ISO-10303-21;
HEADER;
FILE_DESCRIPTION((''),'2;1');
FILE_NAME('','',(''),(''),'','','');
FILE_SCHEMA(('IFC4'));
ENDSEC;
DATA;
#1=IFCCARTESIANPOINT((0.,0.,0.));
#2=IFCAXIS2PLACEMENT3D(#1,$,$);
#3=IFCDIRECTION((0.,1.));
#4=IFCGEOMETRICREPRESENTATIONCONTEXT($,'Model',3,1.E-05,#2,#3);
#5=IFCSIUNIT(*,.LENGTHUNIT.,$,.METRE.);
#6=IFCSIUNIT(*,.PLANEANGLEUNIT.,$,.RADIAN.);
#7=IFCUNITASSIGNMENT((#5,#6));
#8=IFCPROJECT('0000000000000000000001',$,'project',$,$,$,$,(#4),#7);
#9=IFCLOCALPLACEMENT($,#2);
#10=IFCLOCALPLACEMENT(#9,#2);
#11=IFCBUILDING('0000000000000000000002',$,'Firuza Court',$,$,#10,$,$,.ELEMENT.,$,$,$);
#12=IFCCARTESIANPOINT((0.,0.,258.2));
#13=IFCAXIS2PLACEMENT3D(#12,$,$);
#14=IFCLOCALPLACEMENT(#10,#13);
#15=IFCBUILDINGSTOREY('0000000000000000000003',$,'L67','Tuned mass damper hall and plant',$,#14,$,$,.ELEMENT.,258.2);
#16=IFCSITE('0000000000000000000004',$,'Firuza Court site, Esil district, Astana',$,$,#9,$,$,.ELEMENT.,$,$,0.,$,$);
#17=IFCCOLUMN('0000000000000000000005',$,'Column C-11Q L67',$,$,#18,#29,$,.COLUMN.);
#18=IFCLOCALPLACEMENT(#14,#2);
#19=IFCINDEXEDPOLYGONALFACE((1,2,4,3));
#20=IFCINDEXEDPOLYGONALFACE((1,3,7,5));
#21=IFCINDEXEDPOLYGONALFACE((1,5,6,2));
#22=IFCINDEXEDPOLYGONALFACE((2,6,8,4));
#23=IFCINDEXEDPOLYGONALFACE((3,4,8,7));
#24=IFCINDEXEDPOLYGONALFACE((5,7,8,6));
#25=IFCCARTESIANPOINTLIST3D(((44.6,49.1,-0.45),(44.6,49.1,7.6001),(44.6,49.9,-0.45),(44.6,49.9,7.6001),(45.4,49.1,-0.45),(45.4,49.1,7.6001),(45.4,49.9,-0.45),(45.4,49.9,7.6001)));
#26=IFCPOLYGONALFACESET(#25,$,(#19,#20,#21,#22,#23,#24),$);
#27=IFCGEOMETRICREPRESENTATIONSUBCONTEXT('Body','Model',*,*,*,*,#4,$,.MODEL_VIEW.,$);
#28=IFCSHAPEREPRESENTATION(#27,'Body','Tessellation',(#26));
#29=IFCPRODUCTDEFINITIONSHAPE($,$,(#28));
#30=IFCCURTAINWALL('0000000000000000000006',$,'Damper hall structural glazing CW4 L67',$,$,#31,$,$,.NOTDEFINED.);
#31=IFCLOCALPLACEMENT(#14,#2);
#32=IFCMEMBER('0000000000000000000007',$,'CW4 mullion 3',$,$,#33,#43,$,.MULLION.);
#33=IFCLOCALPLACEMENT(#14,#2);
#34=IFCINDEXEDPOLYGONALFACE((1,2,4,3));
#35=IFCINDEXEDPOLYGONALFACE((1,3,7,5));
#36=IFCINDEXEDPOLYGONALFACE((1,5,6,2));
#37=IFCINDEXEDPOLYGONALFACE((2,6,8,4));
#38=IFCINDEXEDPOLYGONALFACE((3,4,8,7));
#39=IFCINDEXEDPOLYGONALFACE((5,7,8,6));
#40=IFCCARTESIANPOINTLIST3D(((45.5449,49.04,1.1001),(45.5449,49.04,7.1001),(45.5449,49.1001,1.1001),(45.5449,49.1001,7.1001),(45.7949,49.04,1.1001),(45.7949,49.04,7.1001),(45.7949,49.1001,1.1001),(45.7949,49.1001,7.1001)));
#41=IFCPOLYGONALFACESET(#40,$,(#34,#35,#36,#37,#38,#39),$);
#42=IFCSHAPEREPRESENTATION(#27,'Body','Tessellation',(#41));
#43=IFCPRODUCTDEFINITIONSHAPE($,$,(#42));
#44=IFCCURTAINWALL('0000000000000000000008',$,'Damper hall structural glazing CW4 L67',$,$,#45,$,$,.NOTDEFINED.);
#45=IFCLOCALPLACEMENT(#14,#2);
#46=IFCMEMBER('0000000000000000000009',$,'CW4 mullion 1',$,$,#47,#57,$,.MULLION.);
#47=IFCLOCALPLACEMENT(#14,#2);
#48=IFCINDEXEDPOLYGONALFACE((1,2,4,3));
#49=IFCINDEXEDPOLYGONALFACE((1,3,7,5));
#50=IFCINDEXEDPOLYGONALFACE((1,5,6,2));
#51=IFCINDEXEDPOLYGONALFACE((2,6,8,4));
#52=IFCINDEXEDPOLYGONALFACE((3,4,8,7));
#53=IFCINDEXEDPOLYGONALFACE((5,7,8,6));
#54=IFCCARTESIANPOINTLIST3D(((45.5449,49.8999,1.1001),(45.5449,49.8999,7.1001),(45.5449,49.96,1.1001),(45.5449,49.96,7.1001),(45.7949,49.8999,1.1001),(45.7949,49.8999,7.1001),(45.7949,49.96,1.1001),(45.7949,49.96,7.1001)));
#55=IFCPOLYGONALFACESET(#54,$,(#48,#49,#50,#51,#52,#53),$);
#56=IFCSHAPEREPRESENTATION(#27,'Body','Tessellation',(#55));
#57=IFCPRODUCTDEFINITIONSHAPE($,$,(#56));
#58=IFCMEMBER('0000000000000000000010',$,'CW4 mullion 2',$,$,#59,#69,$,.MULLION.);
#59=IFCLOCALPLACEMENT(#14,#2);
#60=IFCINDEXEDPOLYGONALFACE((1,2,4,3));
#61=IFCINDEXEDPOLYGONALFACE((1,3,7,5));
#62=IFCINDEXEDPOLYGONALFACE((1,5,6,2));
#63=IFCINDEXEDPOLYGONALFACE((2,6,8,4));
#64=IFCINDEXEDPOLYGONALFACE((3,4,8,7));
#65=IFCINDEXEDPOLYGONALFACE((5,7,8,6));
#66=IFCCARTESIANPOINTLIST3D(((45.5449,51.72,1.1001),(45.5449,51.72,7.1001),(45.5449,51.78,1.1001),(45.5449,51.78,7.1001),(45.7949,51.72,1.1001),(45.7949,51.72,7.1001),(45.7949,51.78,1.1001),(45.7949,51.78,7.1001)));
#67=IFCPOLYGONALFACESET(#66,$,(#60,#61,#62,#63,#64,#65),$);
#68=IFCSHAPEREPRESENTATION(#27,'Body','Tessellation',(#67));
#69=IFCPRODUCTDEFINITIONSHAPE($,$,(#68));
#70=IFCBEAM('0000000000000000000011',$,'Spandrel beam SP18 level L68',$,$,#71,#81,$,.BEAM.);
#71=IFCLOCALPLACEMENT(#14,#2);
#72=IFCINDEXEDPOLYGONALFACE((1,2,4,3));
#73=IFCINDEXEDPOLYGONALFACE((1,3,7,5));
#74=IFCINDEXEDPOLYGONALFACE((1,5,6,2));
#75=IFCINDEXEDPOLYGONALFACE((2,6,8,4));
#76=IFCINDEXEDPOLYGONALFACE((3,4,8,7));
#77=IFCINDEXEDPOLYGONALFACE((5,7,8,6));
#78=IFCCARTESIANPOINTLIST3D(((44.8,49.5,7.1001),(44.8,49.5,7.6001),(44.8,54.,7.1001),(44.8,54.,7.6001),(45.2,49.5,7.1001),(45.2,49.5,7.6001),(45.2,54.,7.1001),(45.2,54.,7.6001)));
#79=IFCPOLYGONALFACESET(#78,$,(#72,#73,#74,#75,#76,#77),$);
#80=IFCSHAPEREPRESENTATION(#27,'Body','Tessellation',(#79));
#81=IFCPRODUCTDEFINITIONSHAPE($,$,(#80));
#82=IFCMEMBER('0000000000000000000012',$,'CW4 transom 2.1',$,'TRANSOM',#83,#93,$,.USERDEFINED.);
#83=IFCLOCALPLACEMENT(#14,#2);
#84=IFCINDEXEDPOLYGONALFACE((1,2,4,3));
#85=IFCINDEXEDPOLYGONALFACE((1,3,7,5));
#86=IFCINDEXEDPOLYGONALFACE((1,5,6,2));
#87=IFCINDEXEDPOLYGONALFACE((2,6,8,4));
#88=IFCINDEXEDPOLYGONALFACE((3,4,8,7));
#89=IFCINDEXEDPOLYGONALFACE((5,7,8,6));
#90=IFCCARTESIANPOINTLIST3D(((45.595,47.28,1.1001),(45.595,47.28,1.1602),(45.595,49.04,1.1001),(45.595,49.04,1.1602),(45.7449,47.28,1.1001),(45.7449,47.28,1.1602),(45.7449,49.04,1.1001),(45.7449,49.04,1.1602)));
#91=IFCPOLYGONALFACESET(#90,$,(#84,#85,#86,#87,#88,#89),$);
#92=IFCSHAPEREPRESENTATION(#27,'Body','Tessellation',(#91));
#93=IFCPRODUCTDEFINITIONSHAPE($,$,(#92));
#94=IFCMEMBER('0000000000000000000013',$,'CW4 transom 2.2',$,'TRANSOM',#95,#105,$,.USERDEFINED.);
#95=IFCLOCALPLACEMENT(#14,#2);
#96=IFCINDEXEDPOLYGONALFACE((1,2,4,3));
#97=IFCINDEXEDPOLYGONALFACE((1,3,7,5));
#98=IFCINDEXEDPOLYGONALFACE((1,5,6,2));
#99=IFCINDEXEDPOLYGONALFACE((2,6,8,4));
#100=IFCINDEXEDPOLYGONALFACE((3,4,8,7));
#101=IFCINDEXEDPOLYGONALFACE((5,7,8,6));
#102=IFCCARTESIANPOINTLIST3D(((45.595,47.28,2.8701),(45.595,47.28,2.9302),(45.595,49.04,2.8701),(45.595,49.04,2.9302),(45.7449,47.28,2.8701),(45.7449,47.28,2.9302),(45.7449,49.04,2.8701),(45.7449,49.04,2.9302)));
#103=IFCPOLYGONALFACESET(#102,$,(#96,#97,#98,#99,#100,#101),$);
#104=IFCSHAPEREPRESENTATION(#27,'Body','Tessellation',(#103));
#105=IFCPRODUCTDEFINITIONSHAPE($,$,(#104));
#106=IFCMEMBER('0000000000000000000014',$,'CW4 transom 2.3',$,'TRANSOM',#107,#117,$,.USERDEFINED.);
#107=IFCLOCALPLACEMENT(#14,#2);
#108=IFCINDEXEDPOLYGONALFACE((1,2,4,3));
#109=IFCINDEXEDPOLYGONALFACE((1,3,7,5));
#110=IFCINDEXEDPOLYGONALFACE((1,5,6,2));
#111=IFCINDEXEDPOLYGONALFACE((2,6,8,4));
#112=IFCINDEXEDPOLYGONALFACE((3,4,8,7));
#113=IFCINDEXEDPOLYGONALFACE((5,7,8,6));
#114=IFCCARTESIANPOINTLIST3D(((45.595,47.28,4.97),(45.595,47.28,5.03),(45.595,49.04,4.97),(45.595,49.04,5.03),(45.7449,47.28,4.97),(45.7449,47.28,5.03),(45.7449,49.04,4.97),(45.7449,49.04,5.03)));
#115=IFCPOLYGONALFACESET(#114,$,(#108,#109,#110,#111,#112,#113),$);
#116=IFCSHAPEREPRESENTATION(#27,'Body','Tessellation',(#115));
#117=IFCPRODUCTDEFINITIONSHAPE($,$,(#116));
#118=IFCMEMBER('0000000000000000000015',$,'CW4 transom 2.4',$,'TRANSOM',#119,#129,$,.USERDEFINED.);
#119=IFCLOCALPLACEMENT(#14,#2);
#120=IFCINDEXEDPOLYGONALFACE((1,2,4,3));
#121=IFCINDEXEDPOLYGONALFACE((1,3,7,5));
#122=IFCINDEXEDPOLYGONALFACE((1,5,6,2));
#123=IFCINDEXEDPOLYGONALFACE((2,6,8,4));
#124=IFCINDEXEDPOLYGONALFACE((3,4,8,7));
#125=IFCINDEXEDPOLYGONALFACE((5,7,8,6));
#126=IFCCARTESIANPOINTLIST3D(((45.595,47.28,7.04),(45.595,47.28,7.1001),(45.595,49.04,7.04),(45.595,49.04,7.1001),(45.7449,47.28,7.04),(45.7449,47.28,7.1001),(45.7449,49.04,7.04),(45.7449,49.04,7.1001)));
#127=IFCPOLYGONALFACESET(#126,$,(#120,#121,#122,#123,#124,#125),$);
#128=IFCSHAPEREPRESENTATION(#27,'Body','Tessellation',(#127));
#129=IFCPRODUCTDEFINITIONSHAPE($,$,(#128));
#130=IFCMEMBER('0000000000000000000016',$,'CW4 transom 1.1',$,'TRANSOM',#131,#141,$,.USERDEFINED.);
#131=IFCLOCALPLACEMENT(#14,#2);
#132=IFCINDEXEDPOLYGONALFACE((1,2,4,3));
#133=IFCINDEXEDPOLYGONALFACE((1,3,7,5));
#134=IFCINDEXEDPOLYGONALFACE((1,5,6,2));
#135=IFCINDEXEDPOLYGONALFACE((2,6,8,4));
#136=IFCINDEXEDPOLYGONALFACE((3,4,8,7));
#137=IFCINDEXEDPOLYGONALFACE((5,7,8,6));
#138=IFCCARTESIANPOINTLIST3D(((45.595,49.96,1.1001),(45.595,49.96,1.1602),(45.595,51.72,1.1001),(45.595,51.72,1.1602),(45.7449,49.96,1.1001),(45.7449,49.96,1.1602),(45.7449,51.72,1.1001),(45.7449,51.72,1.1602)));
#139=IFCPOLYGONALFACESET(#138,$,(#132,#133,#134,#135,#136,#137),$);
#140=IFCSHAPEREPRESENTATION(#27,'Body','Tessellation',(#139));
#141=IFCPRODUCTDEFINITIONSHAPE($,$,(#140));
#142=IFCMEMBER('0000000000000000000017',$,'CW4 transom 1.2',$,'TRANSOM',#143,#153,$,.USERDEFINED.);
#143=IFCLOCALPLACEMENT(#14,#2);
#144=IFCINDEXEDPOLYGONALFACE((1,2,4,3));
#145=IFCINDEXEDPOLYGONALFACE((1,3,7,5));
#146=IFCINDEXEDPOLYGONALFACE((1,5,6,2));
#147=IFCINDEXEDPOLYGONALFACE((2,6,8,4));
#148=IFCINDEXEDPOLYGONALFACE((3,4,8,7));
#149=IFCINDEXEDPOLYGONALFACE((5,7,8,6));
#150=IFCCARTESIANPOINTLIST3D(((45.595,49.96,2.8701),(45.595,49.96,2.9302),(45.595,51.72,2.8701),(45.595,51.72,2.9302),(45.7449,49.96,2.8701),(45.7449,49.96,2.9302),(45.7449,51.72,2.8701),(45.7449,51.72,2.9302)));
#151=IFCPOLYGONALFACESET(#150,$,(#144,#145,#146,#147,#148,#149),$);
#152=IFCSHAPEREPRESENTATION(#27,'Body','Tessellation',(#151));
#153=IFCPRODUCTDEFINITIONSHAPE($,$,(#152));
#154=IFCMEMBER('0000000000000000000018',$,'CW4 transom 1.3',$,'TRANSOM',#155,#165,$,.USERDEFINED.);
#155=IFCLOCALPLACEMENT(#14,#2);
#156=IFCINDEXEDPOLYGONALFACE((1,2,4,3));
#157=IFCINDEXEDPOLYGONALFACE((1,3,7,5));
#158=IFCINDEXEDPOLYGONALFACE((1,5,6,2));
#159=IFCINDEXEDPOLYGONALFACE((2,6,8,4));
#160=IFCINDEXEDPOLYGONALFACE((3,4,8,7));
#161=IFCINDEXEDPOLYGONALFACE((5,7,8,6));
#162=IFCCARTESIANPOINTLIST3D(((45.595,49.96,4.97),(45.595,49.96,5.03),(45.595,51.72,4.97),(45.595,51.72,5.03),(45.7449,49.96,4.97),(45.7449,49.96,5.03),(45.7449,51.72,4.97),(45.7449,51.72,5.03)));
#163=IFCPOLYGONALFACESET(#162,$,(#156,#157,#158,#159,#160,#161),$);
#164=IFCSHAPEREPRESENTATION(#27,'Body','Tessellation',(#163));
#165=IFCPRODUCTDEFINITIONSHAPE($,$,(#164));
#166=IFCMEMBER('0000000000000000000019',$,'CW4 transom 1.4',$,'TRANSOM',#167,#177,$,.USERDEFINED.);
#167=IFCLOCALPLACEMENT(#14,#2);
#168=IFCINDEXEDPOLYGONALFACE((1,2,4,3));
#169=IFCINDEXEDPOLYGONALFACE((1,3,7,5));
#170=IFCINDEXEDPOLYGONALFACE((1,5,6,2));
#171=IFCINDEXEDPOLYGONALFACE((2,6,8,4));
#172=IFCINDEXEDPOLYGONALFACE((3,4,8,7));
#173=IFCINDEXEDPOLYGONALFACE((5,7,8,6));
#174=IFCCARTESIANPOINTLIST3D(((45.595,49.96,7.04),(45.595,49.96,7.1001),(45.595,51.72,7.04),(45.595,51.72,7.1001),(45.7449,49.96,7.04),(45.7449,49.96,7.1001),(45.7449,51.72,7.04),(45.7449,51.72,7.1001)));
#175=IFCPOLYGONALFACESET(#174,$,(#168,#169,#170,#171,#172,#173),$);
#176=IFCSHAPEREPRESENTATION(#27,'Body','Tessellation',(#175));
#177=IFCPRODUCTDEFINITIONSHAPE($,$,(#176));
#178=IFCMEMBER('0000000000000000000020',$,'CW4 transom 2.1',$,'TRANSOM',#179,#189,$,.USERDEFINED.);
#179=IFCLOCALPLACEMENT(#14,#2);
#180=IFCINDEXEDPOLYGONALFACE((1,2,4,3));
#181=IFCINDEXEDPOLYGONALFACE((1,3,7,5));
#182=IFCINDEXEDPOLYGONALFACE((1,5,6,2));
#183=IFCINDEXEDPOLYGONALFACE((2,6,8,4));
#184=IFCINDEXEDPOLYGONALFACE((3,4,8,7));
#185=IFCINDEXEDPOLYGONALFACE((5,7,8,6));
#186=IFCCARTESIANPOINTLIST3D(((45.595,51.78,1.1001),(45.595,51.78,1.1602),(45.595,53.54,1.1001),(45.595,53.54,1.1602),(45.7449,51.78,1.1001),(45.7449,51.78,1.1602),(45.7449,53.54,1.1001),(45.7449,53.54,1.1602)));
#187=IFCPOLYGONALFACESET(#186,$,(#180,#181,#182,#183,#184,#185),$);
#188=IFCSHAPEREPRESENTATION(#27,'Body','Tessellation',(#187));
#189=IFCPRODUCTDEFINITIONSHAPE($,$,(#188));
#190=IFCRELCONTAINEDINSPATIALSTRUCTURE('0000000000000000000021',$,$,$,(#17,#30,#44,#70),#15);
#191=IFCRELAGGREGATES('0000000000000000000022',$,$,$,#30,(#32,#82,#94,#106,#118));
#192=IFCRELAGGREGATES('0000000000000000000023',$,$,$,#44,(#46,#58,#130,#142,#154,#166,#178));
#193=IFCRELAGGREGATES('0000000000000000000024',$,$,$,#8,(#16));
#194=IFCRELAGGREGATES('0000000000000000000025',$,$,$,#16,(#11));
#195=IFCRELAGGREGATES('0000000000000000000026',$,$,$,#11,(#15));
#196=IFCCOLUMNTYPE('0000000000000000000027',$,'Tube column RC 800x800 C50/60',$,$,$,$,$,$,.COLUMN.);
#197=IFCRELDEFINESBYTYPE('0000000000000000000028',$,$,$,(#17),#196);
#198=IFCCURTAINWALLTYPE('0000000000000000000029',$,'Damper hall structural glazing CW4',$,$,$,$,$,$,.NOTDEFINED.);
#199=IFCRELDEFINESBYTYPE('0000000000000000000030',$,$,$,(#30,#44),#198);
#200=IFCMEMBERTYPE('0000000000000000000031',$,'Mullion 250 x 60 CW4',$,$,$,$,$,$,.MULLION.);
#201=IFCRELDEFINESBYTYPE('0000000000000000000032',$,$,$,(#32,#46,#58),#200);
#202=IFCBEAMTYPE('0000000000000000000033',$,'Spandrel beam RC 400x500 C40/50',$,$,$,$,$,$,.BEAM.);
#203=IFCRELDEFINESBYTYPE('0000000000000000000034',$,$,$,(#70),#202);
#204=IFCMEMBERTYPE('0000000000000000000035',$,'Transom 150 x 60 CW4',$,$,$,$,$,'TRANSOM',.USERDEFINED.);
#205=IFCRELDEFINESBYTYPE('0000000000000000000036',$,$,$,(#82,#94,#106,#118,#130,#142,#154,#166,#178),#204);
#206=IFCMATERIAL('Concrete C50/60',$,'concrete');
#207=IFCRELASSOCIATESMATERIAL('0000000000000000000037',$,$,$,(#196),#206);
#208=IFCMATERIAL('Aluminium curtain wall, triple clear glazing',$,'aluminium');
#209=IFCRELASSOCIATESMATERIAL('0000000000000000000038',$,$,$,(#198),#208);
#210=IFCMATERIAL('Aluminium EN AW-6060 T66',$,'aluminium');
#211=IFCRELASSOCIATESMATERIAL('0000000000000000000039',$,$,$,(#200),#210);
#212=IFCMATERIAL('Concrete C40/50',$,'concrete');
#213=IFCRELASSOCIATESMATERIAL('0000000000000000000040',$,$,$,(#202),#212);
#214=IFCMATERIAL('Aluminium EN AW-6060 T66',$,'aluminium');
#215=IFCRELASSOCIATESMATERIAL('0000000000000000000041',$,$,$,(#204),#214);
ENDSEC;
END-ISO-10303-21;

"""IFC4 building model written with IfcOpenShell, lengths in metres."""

from ifc_helpers import new_model, si_unit, direction, frame, origin, origin_2d, place, context, subcontext, project, spatial, rectangle, extrude, material, material_profile, profile_set, type_object, element, aggregate, save


model = new_model("IFC4")

# Units and contexts
model_context = context("Model", 3, precision=1e-05, world=origin(), true_north=direction((0.0, 1.0)))
body_context = subcontext(model_context, "Body", "Model", "MODEL_VIEW")
ifc_project = project(units=[si_unit("LENGTHUNIT", "METRE"), si_unit("PLANEANGLEUNIT", "RADIAN")], contexts=[model_context])

# Site, building, storey
site_placement = place(None, origin())
site = spatial("IfcSite", under=ifc_project, at=site_placement, Name="Firuza Court site, Esil district, Astana", CompositionType="ELEMENT", RefElevation=0.0)
building_placement = place(site_placement, origin())
building = spatial("IfcBuilding", under=site, at=building_placement, Name="Firuza Court", CompositionType="ELEMENT")
storey_placement = place(building_placement, frame((0.0, 0.0, 258.2)))
storey = spatial("IfcBuildingStorey", under=building, at=storey_placement, Name="L67", Description="Tuned mass damper hall and plant", CompositionType="ELEMENT", Elevation=258.2)

# Column
ifc_material_1 = material(Name="Concrete C50/60", Category="concrete")
ifc_material_profile_1 = material_profile(ifc_material_1, rectangle(XDim=0.8, YDim=0.8, at=origin_2d()), Name="RC 800x800")
ifc_profile_set_1 = profile_set([ifc_material_profile_1], Name="Concrete C50/60")
column_type = type_object("IfcColumnType", Name="Tube column RC 800x800 C50/60", PredefinedType="COLUMN", material=ifc_profile_set_1)
column_placement = place(storey_placement, frame((45.0, 49.5, -0.45), z_axis=(0.0, 0.0, 1.0), x_axis=(1.0, 0.0, 0.0)))
element("IfcColumn", 1, at=column_placement, inside=storey, type_object=column_type, Name="Column C-11Q L67", PredefinedType="COLUMN", context=body_context, shape_type="SweptSolid", body=[
    extrude(rectangle(XDim=0.8, YDim=0.8, at=origin_2d()), origin(), (0.0, 0.0, 1.0), 8.05),
])

# Curtain wall, member
ifc_material_2 = material(Name="Aluminium curtain wall, triple clear glazing", Category="aluminium")
curtain_wall_type = type_object("IfcCurtainWallType", Name="Damper hall structural glazing CW4", PredefinedType="NOTDEFINED", material=ifc_material_2)
curtain_wall_1_placement = place(storey_placement, origin())
curtain_wall_1 = element("IfcCurtainWall", 2, at=curtain_wall_1_placement, inside=storey, type_object=curtain_wall_type, Name="Damper hall structural glazing CW4 L67", PredefinedType="NOTDEFINED")
ifc_material_3 = material(Name="Aluminium EN AW-6060 T66", Category="aluminium")
ifc_material_profile_2 = material_profile(ifc_material_3, rectangle(XDim=0.25, YDim=0.0601, at=origin_2d()), Name="Mullion 250 x 60 CW4")
ifc_profile_set_2 = profile_set([ifc_material_profile_2], Name="Aluminium EN AW-6060 T66")
member_type_1 = type_object("IfcMemberType", Name="Mullion 250 x 60 CW4", PredefinedType="MULLION", material=ifc_profile_set_2)
member_1_placement = place(storey_placement, frame((45.6699, 49.0701, 1.1001), z_axis=(0.0, 0.0, 1.0), x_axis=(-1.0, 0.0, 0.0)))
member_1 = element("IfcMember", 3, at=member_1_placement, type_object=member_type_1, Name="CW4 mullion 3", PredefinedType="MULLION", context=body_context, shape_type="SweptSolid", body=[
    extrude(rectangle(XDim=0.25, YDim=0.0601, at=origin_2d()), origin(), (0.0, 0.0, 1.0), 6.0),
])

# Curtain wall, members
curtain_wall_2_placement = place(storey_placement, origin())
curtain_wall_2 = element("IfcCurtainWall", 4, at=curtain_wall_2_placement, inside=storey, type_object=curtain_wall_type, Name="Damper hall structural glazing CW4 L67", PredefinedType="NOTDEFINED")
member_2_placement = place(storey_placement, frame((45.6699, 49.9299, 1.1001), z_axis=(0.0, 0.0, 1.0), x_axis=(-1.0, 0.0, 0.0)))
member_2 = element("IfcMember", 5, at=member_2_placement, type_object=member_type_1, Name="CW4 mullion 1", PredefinedType="MULLION", context=body_context, shape_type="SweptSolid", body=[
    extrude(rectangle(XDim=0.25, YDim=0.0601, at=origin_2d()), origin(), (0.0, 0.0, 1.0), 6.0),
])
member_3_placement = place(storey_placement, frame((45.6699, 51.75, 1.1001), z_axis=(0.0, 0.0, 1.0), x_axis=(-1.0, 0.0, 0.0)))
member_3 = element("IfcMember", 6, at=member_3_placement, type_object=member_type_1, Name="CW4 mullion 2", PredefinedType="MULLION", context=body_context, shape_type="SweptSolid", body=[
    extrude(rectangle(XDim=0.25, YDim=0.0601, at=origin_2d()), origin(), (0.0, 0.0, 1.0), 6.0),
])

# Beam
ifc_material_4 = material(Name="Concrete C40/50", Category="concrete")
ifc_material_profile_3 = material_profile(ifc_material_4, rectangle(XDim=0.3999, YDim=0.5, at=origin_2d()), Name="RC 400x500")
ifc_profile_set_3 = profile_set([ifc_material_profile_3], Name="Concrete C40/50")
beam_type = type_object("IfcBeamType", Name="Spandrel beam RC 400x500 C40/50", PredefinedType="BEAM", material=ifc_profile_set_3)
beam_placement = place(storey_placement, frame((45.0, 49.5, 7.3501), z_axis=(0.0, 1.0, 0.0), x_axis=(-1.0, 0.0, 0.0)))
element("IfcBeam", 7, at=beam_placement, inside=storey, type_object=beam_type, Name="Spandrel beam SP18 level L68", PredefinedType="BEAM", context=body_context, shape_type="SweptSolid", body=[
    extrude(rectangle(XDim=0.3999, YDim=0.5, at=origin_2d()), origin(), (0.0, 0.0, 1.0), 4.5),
])

# Members
ifc_material_5 = material(Name="Aluminium EN AW-6060 T66", Category="aluminium")
ifc_material_profile_4 = material_profile(ifc_material_5, rectangle(XDim=0.1499, YDim=0.0601, at=origin_2d()), Name="Transom 150 x 60 CW4")
ifc_profile_set_4 = profile_set([ifc_material_profile_4], Name="Aluminium EN AW-6060 T66")
member_type_2 = type_object("IfcMemberType", Name="Transom 150 x 60 CW4", ElementType="TRANSOM", PredefinedType="USERDEFINED", material=ifc_profile_set_4)
member_4_placement = place(storey_placement, frame((45.6699, 47.28, 1.1301), z_axis=(0.0, 1.0, 0.0), x_axis=(-1.0, 0.0, 0.0)))
member_4 = element("IfcMember", 8, at=member_4_placement, type_object=member_type_2, Name="CW4 transom 2.1", ObjectType="TRANSOM", PredefinedType="USERDEFINED", context=body_context, shape_type="SweptSolid", body=[
    extrude(rectangle(XDim=0.1499, YDim=0.0601, at=origin_2d()), origin(), (0.0, 0.0, 1.0), 1.76),
])
member_5_placement = place(storey_placement, frame((45.6699, 47.28, 2.9001), z_axis=(0.0, 1.0, 0.0), x_axis=(-1.0, 0.0, 0.0)))
member_5 = element("IfcMember", 9, at=member_5_placement, type_object=member_type_2, Name="CW4 transom 2.2", ObjectType="TRANSOM", PredefinedType="USERDEFINED", context=body_context, shape_type="SweptSolid", body=[
    extrude(rectangle(XDim=0.1499, YDim=0.0601, at=origin_2d()), origin(), (0.0, 0.0, 1.0), 1.76),
])
member_6_placement = place(storey_placement, frame((45.6699, 47.28, 5.0), z_axis=(0.0, 1.0, 0.0), x_axis=(-1.0, 0.0, 0.0)))
member_6 = element("IfcMember", 10, at=member_6_placement, type_object=member_type_2, Name="CW4 transom 2.3", ObjectType="TRANSOM", PredefinedType="USERDEFINED", context=body_context, shape_type="SweptSolid", body=[
    extrude(rectangle(XDim=0.1499, YDim=0.0601, at=origin_2d()), origin(), (0.0, 0.0, 1.0), 1.76),
])
member_7_placement = place(storey_placement, frame((45.6699, 47.28, 7.0701), z_axis=(0.0, 1.0, 0.0), x_axis=(-1.0, 0.0, 0.0)))
member_7 = element("IfcMember", 11, at=member_7_placement, type_object=member_type_2, Name="CW4 transom 2.4", ObjectType="TRANSOM", PredefinedType="USERDEFINED", context=body_context, shape_type="SweptSolid", body=[
    extrude(rectangle(XDim=0.1499, YDim=0.0601, at=origin_2d()), origin(), (0.0, 0.0, 1.0), 1.76),
])
member_8_placement = place(storey_placement, frame((45.6699, 49.96, 1.1301), z_axis=(0.0, 1.0, 0.0), x_axis=(-1.0, 0.0, 0.0)))
member_8 = element("IfcMember", 12, at=member_8_placement, type_object=member_type_2, Name="CW4 transom 1.1", ObjectType="TRANSOM", PredefinedType="USERDEFINED", context=body_context, shape_type="SweptSolid", body=[
    extrude(rectangle(XDim=0.1499, YDim=0.0601, at=origin_2d()), origin(), (0.0, 0.0, 1.0), 1.76),
])
member_9_placement = place(storey_placement, frame((45.6699, 49.96, 2.9001), z_axis=(0.0, 1.0, 0.0), x_axis=(-1.0, 0.0, 0.0)))
member_9 = element("IfcMember", 13, at=member_9_placement, type_object=member_type_2, Name="CW4 transom 1.2", ObjectType="TRANSOM", PredefinedType="USERDEFINED", context=body_context, shape_type="SweptSolid", body=[
    extrude(rectangle(XDim=0.1499, YDim=0.0601, at=origin_2d()), origin(), (0.0, 0.0, 1.0), 1.76),
])
member_10_placement = place(storey_placement, frame((45.6699, 49.96, 5.0), z_axis=(0.0, 1.0, 0.0), x_axis=(-1.0, 0.0, 0.0)))
member_10 = element("IfcMember", 14, at=member_10_placement, type_object=member_type_2, Name="CW4 transom 1.3", ObjectType="TRANSOM", PredefinedType="USERDEFINED", context=body_context, shape_type="SweptSolid", body=[
    extrude(rectangle(XDim=0.1499, YDim=0.0601, at=origin_2d()), origin(), (0.0, 0.0, 1.0), 1.76),
])
member_11_placement = place(storey_placement, frame((45.6699, 49.96, 7.0701), z_axis=(0.0, 1.0, 0.0), x_axis=(-1.0, 0.0, 0.0)))
member_11 = element("IfcMember", 15, at=member_11_placement, type_object=member_type_2, Name="CW4 transom 1.4", ObjectType="TRANSOM", PredefinedType="USERDEFINED", context=body_context, shape_type="SweptSolid", body=[
    extrude(rectangle(XDim=0.1499, YDim=0.0601, at=origin_2d()), origin(), (0.0, 0.0, 1.0), 1.76),
])
member_12_placement = place(storey_placement, frame((45.6699, 51.78, 1.1301), z_axis=(0.0, 1.0, 0.0), x_axis=(-1.0, 0.0, 0.0)))
member_12 = element("IfcMember", 16, at=member_12_placement, type_object=member_type_2, Name="CW4 transom 2.1", ObjectType="TRANSOM", PredefinedType="USERDEFINED", context=body_context, shape_type="SweptSolid", body=[
    extrude(rectangle(XDim=0.1499, YDim=0.0601, at=origin_2d()), origin(), (0.0, 0.0, 1.0), 1.76),
])

aggregate(curtain_wall_1, [member_1, member_4, member_5, member_6, member_7])
aggregate(curtain_wall_2, [member_2, member_3, member_8, member_9, member_10, member_11, member_12])

save(model, "model.ifc")
